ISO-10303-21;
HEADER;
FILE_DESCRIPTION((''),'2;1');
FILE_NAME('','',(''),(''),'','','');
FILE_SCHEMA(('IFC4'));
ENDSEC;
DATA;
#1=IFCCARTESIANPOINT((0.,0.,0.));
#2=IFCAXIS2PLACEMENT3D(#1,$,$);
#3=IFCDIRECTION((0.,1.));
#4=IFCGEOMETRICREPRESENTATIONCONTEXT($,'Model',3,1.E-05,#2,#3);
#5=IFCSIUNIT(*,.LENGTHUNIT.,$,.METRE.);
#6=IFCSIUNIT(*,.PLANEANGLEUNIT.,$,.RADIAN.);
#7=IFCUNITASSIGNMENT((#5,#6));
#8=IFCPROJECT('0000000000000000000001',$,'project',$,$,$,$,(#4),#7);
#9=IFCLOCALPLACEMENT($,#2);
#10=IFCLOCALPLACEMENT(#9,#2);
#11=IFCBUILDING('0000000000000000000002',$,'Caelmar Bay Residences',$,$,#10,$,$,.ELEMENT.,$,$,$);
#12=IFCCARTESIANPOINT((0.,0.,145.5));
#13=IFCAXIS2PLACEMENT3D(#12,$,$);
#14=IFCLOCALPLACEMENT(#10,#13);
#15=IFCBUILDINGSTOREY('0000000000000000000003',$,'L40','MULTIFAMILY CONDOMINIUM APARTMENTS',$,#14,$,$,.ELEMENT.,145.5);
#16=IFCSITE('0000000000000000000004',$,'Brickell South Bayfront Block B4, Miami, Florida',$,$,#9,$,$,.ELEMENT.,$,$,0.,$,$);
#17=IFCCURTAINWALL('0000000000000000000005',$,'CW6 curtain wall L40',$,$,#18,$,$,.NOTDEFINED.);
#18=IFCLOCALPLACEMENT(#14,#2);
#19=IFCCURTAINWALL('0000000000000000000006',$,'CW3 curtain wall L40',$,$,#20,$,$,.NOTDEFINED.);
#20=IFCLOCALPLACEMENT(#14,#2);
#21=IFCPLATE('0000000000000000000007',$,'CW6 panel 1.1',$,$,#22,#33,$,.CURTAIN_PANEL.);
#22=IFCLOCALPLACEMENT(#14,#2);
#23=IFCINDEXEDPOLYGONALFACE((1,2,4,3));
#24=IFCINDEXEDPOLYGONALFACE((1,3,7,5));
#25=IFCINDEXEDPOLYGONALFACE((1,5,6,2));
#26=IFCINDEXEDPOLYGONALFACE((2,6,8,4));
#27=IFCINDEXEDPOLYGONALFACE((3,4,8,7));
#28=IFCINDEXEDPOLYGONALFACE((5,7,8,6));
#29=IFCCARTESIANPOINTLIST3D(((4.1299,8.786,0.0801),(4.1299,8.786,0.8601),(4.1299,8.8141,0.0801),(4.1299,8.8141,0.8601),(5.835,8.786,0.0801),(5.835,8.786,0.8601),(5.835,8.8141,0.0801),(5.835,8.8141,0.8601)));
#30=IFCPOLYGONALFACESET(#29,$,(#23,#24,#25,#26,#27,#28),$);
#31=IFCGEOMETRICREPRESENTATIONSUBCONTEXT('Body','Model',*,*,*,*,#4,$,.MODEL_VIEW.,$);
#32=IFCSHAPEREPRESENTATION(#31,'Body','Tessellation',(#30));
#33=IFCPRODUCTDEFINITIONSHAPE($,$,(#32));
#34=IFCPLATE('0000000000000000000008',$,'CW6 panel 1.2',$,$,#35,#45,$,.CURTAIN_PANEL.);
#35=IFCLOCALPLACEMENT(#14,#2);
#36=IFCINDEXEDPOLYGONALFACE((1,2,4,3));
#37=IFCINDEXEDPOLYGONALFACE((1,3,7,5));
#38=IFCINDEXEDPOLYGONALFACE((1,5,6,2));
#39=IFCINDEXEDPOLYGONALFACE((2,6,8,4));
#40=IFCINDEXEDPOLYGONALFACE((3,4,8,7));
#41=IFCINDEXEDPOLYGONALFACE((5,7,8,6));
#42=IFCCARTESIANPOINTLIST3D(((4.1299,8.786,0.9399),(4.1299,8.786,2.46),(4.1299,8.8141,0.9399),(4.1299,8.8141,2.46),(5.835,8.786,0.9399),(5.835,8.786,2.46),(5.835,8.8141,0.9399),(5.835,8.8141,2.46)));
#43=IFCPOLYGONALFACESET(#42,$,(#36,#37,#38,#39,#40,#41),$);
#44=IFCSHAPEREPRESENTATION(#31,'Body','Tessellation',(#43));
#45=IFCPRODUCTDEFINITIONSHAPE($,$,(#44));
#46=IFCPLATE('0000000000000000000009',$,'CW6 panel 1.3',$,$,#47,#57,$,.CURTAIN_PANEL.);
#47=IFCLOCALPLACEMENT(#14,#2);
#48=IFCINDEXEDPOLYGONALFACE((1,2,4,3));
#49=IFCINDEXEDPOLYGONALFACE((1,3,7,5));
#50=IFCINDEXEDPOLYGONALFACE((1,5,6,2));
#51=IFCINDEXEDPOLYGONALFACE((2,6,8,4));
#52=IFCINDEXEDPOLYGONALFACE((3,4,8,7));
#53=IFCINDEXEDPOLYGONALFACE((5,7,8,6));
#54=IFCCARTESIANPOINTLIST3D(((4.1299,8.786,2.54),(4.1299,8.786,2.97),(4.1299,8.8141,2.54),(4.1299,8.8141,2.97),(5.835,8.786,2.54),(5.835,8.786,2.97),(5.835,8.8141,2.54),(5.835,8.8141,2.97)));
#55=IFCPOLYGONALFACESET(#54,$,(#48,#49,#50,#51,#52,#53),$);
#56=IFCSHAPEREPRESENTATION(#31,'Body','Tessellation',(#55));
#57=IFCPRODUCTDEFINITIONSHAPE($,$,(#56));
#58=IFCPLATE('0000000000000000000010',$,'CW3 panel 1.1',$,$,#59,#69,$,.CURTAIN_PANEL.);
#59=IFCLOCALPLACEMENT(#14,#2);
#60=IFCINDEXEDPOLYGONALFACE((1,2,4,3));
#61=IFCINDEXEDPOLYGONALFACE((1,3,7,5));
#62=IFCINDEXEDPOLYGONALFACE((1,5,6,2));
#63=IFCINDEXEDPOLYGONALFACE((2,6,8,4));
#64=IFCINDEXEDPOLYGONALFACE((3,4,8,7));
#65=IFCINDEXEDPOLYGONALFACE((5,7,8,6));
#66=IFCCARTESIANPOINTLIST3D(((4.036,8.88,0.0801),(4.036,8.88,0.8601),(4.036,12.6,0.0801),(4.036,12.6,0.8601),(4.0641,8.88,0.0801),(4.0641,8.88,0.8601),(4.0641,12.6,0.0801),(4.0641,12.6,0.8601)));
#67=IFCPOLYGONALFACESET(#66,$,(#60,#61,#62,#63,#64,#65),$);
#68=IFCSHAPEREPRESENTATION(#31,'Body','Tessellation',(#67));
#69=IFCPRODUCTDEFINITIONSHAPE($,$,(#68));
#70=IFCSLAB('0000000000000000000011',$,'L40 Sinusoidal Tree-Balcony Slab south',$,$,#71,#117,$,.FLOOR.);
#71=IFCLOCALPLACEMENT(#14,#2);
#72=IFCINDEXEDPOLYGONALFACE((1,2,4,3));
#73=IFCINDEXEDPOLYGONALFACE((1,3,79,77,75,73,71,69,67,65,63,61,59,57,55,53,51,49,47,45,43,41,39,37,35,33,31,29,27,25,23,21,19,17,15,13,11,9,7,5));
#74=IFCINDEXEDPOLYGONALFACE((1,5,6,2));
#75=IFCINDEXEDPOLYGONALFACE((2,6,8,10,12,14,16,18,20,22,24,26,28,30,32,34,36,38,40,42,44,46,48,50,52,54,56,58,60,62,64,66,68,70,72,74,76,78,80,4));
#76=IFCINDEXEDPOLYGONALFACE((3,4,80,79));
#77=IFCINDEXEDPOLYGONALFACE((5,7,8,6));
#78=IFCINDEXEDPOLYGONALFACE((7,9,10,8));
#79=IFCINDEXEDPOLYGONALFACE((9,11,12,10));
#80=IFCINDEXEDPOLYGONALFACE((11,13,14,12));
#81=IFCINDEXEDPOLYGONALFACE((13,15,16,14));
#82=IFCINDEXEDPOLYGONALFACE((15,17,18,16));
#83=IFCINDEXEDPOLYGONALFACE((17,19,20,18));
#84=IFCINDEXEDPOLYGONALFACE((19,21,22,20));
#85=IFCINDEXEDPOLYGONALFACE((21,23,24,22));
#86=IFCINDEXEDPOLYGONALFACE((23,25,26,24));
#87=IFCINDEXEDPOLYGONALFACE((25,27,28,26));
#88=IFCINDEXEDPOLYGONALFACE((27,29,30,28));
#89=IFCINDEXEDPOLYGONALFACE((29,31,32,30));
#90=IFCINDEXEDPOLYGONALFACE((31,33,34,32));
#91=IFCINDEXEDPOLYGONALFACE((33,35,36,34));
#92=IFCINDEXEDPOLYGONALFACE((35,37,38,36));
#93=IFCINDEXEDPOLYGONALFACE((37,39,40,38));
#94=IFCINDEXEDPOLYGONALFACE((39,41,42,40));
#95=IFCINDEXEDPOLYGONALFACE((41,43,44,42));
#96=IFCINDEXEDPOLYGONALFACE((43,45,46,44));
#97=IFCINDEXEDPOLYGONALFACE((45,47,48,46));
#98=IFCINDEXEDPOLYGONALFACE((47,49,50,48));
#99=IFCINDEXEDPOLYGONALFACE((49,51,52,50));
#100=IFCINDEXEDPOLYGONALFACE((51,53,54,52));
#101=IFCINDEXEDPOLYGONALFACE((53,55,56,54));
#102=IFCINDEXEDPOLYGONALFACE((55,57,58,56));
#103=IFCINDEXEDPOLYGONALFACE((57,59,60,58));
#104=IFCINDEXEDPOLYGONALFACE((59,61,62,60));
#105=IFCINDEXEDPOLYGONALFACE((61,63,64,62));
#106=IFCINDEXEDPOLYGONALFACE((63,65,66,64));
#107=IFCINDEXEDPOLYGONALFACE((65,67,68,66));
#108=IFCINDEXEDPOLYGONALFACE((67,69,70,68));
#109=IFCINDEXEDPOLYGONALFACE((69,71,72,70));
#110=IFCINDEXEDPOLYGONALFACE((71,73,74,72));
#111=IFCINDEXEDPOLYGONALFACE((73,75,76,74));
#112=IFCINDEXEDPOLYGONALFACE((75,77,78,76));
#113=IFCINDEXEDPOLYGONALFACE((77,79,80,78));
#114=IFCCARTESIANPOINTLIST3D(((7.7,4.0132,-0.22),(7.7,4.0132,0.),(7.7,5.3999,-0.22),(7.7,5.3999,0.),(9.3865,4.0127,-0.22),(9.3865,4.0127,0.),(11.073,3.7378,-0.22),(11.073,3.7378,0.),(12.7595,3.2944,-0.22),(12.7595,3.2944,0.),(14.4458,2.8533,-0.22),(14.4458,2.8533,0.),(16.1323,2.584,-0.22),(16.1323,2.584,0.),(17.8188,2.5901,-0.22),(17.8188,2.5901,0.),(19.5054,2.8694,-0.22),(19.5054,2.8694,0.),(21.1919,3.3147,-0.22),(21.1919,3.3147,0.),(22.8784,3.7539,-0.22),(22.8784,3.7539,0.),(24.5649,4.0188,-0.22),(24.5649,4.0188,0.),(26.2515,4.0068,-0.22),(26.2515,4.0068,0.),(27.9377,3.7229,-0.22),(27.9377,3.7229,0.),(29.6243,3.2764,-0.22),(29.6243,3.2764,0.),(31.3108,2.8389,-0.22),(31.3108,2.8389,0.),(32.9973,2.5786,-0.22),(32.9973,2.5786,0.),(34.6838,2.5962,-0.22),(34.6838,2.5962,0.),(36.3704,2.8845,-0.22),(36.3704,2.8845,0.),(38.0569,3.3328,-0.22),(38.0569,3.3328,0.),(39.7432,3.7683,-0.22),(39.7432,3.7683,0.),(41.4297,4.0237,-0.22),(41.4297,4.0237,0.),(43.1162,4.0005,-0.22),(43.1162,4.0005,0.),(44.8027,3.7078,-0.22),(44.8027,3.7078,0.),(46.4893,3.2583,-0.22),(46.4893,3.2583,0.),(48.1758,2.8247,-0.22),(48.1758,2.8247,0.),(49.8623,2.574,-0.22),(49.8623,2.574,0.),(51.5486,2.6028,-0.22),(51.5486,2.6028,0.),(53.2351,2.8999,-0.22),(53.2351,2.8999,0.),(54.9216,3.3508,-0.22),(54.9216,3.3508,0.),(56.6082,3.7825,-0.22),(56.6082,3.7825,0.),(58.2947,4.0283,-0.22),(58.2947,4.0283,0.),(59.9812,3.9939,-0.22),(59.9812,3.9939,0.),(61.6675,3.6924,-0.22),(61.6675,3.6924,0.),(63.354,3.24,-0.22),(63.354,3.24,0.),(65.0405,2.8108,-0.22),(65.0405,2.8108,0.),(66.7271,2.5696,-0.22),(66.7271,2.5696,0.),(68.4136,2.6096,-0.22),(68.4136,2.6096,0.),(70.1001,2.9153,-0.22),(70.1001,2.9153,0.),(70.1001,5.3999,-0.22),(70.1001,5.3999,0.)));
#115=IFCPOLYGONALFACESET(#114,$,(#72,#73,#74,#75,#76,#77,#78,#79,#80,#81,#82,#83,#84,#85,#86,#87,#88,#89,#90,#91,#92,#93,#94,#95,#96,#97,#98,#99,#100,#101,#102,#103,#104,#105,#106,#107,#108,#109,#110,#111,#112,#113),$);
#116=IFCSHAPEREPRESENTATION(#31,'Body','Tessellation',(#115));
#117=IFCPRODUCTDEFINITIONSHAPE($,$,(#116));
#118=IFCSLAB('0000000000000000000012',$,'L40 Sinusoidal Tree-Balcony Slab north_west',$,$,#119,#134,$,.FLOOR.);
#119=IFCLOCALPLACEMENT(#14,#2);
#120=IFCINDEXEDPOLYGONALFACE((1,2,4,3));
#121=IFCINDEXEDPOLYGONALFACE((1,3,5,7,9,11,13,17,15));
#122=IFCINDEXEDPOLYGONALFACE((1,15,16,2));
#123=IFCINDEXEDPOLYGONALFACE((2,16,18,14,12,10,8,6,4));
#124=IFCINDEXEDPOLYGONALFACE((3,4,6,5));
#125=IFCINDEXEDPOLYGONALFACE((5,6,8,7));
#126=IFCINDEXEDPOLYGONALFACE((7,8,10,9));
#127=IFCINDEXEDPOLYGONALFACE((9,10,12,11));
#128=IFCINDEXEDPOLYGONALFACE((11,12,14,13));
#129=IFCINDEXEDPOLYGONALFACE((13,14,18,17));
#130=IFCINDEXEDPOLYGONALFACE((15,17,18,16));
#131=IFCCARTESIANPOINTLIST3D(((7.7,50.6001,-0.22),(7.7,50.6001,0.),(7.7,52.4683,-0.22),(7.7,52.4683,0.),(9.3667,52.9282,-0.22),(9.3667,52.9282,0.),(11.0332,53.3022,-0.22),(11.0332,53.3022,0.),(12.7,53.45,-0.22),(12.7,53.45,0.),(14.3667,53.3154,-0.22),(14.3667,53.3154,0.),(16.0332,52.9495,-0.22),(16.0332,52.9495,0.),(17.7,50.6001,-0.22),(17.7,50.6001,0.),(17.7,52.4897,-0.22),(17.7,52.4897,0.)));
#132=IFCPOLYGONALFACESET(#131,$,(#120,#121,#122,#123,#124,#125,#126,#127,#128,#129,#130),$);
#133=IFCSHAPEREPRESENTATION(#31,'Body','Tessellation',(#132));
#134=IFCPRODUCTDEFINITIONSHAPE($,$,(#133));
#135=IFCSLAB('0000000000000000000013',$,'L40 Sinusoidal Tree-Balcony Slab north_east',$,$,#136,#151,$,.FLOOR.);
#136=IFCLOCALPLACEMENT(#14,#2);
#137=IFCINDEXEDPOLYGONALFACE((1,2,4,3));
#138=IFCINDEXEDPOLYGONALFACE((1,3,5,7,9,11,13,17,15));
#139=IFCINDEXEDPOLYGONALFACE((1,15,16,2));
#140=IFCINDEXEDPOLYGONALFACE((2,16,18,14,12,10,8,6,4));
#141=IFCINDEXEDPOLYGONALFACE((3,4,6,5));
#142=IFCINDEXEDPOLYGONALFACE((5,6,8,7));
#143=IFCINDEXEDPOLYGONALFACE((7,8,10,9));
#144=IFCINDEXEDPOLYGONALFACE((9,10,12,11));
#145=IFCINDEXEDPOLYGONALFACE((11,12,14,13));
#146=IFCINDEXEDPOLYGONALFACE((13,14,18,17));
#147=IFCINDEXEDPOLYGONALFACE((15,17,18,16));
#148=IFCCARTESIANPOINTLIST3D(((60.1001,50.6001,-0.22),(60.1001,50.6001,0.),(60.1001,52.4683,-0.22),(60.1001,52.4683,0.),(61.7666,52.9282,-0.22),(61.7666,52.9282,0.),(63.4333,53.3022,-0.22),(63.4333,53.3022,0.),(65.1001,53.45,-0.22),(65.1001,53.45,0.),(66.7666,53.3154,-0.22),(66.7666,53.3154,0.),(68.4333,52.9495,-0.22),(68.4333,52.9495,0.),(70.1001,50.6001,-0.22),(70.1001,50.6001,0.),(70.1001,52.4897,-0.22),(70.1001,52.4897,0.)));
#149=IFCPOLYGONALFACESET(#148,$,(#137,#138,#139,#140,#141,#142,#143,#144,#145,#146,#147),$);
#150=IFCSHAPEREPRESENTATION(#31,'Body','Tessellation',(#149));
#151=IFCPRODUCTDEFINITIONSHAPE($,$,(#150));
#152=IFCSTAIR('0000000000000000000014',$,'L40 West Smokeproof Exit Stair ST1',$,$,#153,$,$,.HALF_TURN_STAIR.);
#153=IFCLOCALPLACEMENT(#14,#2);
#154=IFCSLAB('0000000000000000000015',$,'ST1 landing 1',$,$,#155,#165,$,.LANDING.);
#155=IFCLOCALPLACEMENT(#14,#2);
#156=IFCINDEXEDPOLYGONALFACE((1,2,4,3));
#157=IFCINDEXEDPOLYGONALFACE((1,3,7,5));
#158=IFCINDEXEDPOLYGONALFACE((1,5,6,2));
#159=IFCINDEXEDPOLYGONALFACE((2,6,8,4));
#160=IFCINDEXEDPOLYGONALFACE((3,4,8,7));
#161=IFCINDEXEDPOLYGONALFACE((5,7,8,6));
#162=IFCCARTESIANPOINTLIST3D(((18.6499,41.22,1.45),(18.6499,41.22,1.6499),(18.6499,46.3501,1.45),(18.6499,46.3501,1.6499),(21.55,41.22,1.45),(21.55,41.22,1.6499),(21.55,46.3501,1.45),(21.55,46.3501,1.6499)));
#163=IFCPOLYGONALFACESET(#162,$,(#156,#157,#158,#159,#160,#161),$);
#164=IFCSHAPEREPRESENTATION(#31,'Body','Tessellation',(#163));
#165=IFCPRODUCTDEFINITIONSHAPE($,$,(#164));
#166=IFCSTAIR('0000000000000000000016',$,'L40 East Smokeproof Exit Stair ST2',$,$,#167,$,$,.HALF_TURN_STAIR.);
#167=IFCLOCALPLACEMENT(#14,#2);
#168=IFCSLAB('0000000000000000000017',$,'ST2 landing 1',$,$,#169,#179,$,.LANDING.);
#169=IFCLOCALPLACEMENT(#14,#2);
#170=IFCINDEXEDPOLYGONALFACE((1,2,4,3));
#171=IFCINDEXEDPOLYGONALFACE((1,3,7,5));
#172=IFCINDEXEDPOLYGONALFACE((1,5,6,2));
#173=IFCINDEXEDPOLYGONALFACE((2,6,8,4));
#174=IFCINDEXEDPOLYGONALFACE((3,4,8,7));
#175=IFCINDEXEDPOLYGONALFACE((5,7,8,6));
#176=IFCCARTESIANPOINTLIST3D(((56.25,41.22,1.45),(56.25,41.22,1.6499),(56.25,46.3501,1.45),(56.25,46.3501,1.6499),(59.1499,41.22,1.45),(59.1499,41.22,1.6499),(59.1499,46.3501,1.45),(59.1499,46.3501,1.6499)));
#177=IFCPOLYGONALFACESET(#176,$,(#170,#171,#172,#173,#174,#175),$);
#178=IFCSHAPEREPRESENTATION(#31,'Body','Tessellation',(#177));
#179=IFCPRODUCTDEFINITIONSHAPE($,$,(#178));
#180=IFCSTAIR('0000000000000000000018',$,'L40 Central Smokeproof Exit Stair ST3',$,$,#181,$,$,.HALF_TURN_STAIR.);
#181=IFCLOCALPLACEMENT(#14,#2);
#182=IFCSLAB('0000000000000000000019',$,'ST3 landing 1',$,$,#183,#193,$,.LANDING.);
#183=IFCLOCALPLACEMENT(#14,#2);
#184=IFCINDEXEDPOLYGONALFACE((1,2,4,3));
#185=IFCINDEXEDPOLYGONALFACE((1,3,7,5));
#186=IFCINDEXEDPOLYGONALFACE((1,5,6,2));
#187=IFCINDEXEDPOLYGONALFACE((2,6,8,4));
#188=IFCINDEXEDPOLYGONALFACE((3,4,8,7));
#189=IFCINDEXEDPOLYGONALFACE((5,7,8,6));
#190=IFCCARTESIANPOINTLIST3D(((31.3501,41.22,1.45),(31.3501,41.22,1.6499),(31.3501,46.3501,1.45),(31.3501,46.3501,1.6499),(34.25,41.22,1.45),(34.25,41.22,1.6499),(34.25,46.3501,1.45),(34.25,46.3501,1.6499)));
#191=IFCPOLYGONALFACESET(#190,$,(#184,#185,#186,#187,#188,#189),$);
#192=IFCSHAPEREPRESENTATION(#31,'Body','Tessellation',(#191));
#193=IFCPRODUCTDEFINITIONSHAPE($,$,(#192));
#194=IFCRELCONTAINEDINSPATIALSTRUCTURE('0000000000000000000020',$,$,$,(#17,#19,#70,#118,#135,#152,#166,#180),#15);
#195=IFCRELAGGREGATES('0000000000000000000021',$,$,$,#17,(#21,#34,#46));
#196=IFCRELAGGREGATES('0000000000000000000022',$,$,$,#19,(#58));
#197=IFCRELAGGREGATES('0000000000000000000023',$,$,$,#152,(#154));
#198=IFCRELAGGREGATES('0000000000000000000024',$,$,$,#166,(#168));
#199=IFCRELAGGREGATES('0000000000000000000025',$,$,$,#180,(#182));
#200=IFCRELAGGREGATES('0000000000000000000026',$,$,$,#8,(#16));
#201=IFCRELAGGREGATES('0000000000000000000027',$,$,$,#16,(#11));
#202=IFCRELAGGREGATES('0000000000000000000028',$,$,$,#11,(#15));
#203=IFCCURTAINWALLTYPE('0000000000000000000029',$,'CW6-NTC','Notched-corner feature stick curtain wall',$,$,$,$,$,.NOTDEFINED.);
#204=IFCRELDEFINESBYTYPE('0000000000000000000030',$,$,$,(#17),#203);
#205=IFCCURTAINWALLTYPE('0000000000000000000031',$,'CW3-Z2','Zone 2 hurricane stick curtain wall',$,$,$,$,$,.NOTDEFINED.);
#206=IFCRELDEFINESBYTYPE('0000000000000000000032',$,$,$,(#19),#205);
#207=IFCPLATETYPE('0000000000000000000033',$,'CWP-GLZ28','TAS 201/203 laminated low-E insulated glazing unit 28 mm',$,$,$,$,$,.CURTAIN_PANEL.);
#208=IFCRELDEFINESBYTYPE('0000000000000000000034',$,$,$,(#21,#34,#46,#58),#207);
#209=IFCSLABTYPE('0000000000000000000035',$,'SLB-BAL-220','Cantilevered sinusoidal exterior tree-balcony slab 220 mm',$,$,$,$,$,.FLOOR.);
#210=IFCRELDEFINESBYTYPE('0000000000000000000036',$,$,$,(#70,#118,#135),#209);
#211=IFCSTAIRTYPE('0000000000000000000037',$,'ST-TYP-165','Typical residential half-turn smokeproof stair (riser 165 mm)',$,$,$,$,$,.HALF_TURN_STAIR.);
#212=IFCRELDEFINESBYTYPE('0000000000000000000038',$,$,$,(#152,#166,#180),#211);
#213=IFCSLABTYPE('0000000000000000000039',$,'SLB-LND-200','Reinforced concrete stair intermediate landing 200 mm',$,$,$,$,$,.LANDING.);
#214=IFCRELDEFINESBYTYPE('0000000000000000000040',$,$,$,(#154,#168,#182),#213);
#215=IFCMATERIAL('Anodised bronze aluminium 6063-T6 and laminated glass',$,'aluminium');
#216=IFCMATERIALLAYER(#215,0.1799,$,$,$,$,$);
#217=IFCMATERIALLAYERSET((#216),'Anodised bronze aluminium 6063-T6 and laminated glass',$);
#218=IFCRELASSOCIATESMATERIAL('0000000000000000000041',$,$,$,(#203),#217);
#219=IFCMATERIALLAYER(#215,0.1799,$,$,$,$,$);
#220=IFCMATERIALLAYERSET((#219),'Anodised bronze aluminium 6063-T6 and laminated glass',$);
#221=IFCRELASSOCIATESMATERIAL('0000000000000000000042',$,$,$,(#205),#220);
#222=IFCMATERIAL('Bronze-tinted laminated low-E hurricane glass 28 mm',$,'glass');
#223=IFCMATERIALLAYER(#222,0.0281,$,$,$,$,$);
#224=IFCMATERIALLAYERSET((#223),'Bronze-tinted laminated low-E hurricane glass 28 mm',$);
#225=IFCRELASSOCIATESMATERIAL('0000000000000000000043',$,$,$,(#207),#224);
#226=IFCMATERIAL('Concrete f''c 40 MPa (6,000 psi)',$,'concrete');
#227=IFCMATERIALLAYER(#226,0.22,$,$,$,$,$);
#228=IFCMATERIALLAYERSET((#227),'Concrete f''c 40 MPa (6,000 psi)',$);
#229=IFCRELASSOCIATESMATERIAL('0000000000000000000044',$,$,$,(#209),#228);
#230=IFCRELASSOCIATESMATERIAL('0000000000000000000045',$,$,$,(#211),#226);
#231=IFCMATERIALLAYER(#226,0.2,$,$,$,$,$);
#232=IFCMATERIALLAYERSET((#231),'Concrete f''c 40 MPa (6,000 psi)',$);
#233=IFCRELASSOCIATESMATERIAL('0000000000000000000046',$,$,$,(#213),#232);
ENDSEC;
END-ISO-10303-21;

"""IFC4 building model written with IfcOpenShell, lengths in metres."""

from ifc_helpers import new_model, si_unit, direction, frame, origin, origin_2d, place, context, subcontext, project, spatial, polyline, rectangle, outline, extrude, material, layer, layer_set, type_object, element, aggregate, save


model = new_model("IFC4")

# Units and contexts
model_context = context("Model", 3, precision=1e-05, world=origin(), true_north=direction((0.0, 1.0)))
body_context = subcontext(model_context, "Body", "Model", "MODEL_VIEW")
ifc_project = project(units=[si_unit("LENGTHUNIT", "METRE"), si_unit("PLANEANGLEUNIT", "RADIAN")], contexts=[model_context])

# Site, building, storey
site_placement = place(None, origin())
site = spatial("IfcSite", under=ifc_project, at=site_placement, Name="Brickell South Bayfront Block B4, Miami, Florida", CompositionType="ELEMENT", RefElevation=0.0)
building_placement = place(site_placement, origin())
building = spatial("IfcBuilding", under=site, at=building_placement, Name="Caelmar Bay Residences", CompositionType="ELEMENT")
storey_placement = place(building_placement, frame((0.0, 0.0, 145.5)))
storey = spatial("IfcBuildingStorey", under=building, at=storey_placement, Name="L40", Description="MULTIFAMILY CONDOMINIUM APARTMENTS", CompositionType="ELEMENT", Elevation=145.5)

# Curtain wall
ifc_material_1 = material(Name="Anodised bronze aluminium 6063-T6 and laminated glass", Category="aluminium")
ifc_layer_1 = layer(ifc_material_1, 0.1799)
ifc_layer_set_1 = layer_set([ifc_layer_1], Name="Anodised bronze aluminium 6063-T6 and laminated glass")
curtain_wall_type_1 = type_object("IfcCurtainWallType", Name="CW6-NTC", Description="Notched-corner feature stick curtain wall", PredefinedType="NOTDEFINED", material=ifc_layer_set_1)
curtain_wall_1_placement = place(storey_placement, origin())
curtain_wall_1 = element("IfcCurtainWall", 1, at=curtain_wall_1_placement, inside=storey, type_object=curtain_wall_type_1, Name="CW6 curtain wall L40", PredefinedType="NOTDEFINED")

# Curtain wall
ifc_layer_2 = layer(ifc_material_1, 0.1799)
ifc_layer_set_2 = layer_set([ifc_layer_2], Name="Anodised bronze aluminium 6063-T6 and laminated glass")
curtain_wall_type_2 = type_object("IfcCurtainWallType", Name="CW3-Z2", Description="Zone 2 hurricane stick curtain wall", PredefinedType="NOTDEFINED", material=ifc_layer_set_2)
curtain_wall_2_placement = place(storey_placement, origin())
curtain_wall_2 = element("IfcCurtainWall", 2, at=curtain_wall_2_placement, inside=storey, type_object=curtain_wall_type_2, Name="CW3 curtain wall L40", PredefinedType="NOTDEFINED")

# Plates
ifc_material_2 = material(Name="Bronze-tinted laminated low-E hurricane glass 28 mm", Category="glass")
ifc_layer_3 = layer(ifc_material_2, 0.0281)
ifc_layer_set_3 = layer_set([ifc_layer_3], Name="Bronze-tinted laminated low-E hurricane glass 28 mm")
plate_type = type_object("IfcPlateType", Name="CWP-GLZ28", Description="TAS 201/203 laminated low-E insulated glazing unit 28 mm", PredefinedType="CURTAIN_PANEL", material=ifc_layer_set_3)
plate_1_placement = place(storey_placement, frame((4.9824, 8.8, 0.0801), z_axis=(0.0, 0.0, 1.0), x_axis=(1.0, 0.0, 0.0)))
plate_1 = element("IfcPlate", 3, at=plate_1_placement, type_object=plate_type, Name="CW6 panel 1.1", PredefinedType="CURTAIN_PANEL", context=body_context, shape_type="SweptSolid", body=[
    extrude(rectangle(XDim=1.7051, YDim=0.0281, at=origin_2d()), origin(), (0.0, 0.0, 1.0), 0.78),
])
plate_2_placement = place(storey_placement, frame((4.9824, 8.8, 0.9399), z_axis=(0.0, 0.0, 1.0), x_axis=(1.0, 0.0, 0.0)))
plate_2 = element("IfcPlate", 4, at=plate_2_placement, type_object=plate_type, Name="CW6 panel 1.2", PredefinedType="CURTAIN_PANEL", context=body_context, shape_type="SweptSolid", body=[
    extrude(rectangle(XDim=1.7051, YDim=0.0281, at=origin_2d()), origin(), (0.0, 0.0, 1.0), 1.52),
])
plate_3_placement = place(storey_placement, frame((4.9824, 8.8, 2.54), z_axis=(0.0, 0.0, 1.0), x_axis=(1.0, 0.0, 0.0)))
plate_3 = element("IfcPlate", 5, at=plate_3_placement, type_object=plate_type, Name="CW6 panel 1.3", PredefinedType="CURTAIN_PANEL", context=body_context, shape_type="SweptSolid", body=[
    extrude(rectangle(XDim=1.7051, YDim=0.0281, at=origin_2d()), origin(), (0.0, 0.0, 1.0), 0.4299),
])
aggregate(curtain_wall_1, [plate_1, plate_2, plate_3])
plate_4_placement = place(storey_placement, frame((4.05, 10.74, 0.0801), z_axis=(0.0, 0.0, 1.0), x_axis=(0.0, 1.0, 0.0)))
plate_4 = element("IfcPlate", 6, at=plate_4_placement, type_object=plate_type, Name="CW3 panel 1.1", PredefinedType="CURTAIN_PANEL", context=body_context, shape_type="SweptSolid", body=[
    extrude(rectangle(XDim=3.72, YDim=0.0281, at=origin_2d()), origin(), (0.0, 0.0, 1.0), 0.78),
])
aggregate(curtain_wall_2, [plate_4])

# Slabs
ifc_material_3 = material(Name="Concrete f'c 40 MPa (6,000 psi)", Category="concrete")
ifc_layer_4 = layer(ifc_material_3, 0.22)
ifc_layer_set_4 = layer_set([ifc_layer_4], Name="Concrete f'c 40 MPa (6,000 psi)")
slab_type_1 = type_object("IfcSlabType", Name="SLB-BAL-220", Description="Cantilevered sinusoidal exterior tree-balcony slab 220 mm", PredefinedType="FLOOR", material=ifc_layer_set_4)
slab_1_placement = place(storey_placement, frame((0.0, 0.0, -0.22)))
element("IfcSlab", 7, at=slab_1_placement, inside=storey, type_object=slab_type_1, Name="L40 Sinusoidal Tree-Balcony Slab south", PredefinedType="FLOOR", context=body_context, shape_type="SweptSolid", body=[
    extrude(outline(polyline([(7.7, 4.0132), (9.3865, 4.0127), (11.073, 3.7378), (12.7595, 3.2944), (14.4458, 2.8533), (16.1323, 2.584), (17.8188, 2.5901), (19.5054, 2.8694), (21.1919, 3.3147), (22.8784, 3.7539), (24.5649, 4.0188), (26.2515, 4.0068), (27.9377, 3.7229), (29.6243, 3.2764), (31.3108, 2.8389), (32.9973, 2.5786), (34.6838, 2.5962), (36.3704, 2.8845), (38.0569, 3.3328), (39.7432, 3.7683), (41.4297, 4.0237), (43.1162, 4.0005), (44.8027, 3.7078), (46.4893, 3.2583), (48.1758, 2.8247), (49.8623, 2.574), (51.5486, 2.6028), (53.2351, 2.8999), (54.9216, 3.3508), (56.6082, 3.7825), (58.2947, 4.0283), (59.9812, 3.9939), (61.6675, 3.6924), (63.354, 3.24), (65.0405, 2.8108), (66.7271, 2.5696), (68.4136, 2.6096), (70.1001, 2.9153), (70.1001, 5.3999), (7.7, 5.3999), (7.7, 4.0132)])), origin(), (0.0, 0.0, 1.0), 0.22),
])
slab_2_placement = place(storey_placement, frame((0.0, 0.0, -0.22)))
element("IfcSlab", 8, at=slab_2_placement, inside=storey, type_object=slab_type_1, Name="L40 Sinusoidal Tree-Balcony Slab north_west", PredefinedType="FLOOR", context=body_context, shape_type="SweptSolid", body=[
    extrude(outline(polyline([(7.7, 50.6001), (17.7, 50.6001), (17.7, 52.4897), (16.0332, 52.9495), (14.3667, 53.3154), (12.7, 53.45), (11.0332, 53.3022), (9.3667, 52.9282), (7.7, 52.4683), (7.7, 50.6001)])), origin(), (0.0, 0.0, 1.0), 0.22),
])
slab_3_placement = place(storey_placement, frame((0.0, 0.0, -0.22)))
element("IfcSlab", 9, at=slab_3_placement, inside=storey, type_object=slab_type_1, Name="L40 Sinusoidal Tree-Balcony Slab north_east", PredefinedType="FLOOR", context=body_context, shape_type="SweptSolid", body=[
    extrude(outline(polyline([(60.1001, 50.6001), (70.1001, 50.6001), (70.1001, 52.4897), (68.4333, 52.9495), (66.7666, 53.3154), (65.1001, 53.45), (63.4333, 53.3022), (61.7666, 52.9282), (60.1001, 52.4683), (60.1001, 50.6001)])), origin(), (0.0, 0.0, 1.0), 0.22),
])

# Stairs, slabs
stair_type = type_object("IfcStairType", Name="ST-TYP-165", Description="Typical residential half-turn smokeproof stair (riser 165 mm)", PredefinedType="HALF_TURN_STAIR", material=ifc_material_3)
stair_1_placement = place(storey_placement, origin())
stair_1 = element("IfcStair", 10, at=stair_1_placement, inside=storey, type_object=stair_type, Name="L40 West Smokeproof Exit Stair ST1", PredefinedType="HALF_TURN_STAIR")
ifc_layer_5 = layer(ifc_material_3, 0.2)
ifc_layer_set_5 = layer_set([ifc_layer_5], Name="Concrete f'c 40 MPa (6,000 psi)")
slab_type_2 = type_object("IfcSlabType", Name="SLB-LND-200", Description="Reinforced concrete stair intermediate landing 200 mm", PredefinedType="LANDING", material=ifc_layer_set_5)
slab_4_placement = place(storey_placement, frame((0.0, 0.0, 1.45)))
slab_4 = element("IfcSlab", 11, at=slab_4_placement, type_object=slab_type_2, Name="ST1 landing 1", PredefinedType="LANDING", context=body_context, shape_type="SweptSolid", body=[
    extrude(outline(polyline([(21.55, 41.22), (21.55, 46.3501), (18.6499, 46.3501), (18.6499, 41.22), (21.55, 41.22)])), origin(), (0.0, 0.0, 1.0), 0.2),
])
aggregate(stair_1, [slab_4])
stair_2_placement = place(storey_placement, origin())
stair_2 = element("IfcStair", 12, at=stair_2_placement, inside=storey, type_object=stair_type, Name="L40 East Smokeproof Exit Stair ST2", PredefinedType="HALF_TURN_STAIR")
slab_5_placement = place(storey_placement, frame((0.0, 0.0, 1.45)))
slab_5 = element("IfcSlab", 13, at=slab_5_placement, type_object=slab_type_2, Name="ST2 landing 1", PredefinedType="LANDING", context=body_context, shape_type="SweptSolid", body=[
    extrude(outline(polyline([(59.1499, 41.22), (59.1499, 46.3501), (56.25, 46.3501), (56.25, 41.22), (59.1499, 41.22)])), origin(), (0.0, 0.0, 1.0), 0.2),
])
aggregate(stair_2, [slab_5])
stair_3_placement = place(storey_placement, origin())
stair_3 = element("IfcStair", 14, at=stair_3_placement, inside=storey, type_object=stair_type, Name="L40 Central Smokeproof Exit Stair ST3", PredefinedType="HALF_TURN_STAIR")
slab_6_placement = place(storey_placement, frame((0.0, 0.0, 1.45)))
slab_6 = element("IfcSlab", 15, at=slab_6_placement, type_object=slab_type_2, Name="ST3 landing 1", PredefinedType="LANDING", context=body_context, shape_type="SweptSolid", body=[
    extrude(outline(polyline([(34.25, 41.22), (34.25, 46.3501), (31.3501, 46.3501), (31.3501, 41.22), (34.25, 41.22)])), origin(), (0.0, 0.0, 1.0), 0.2),
])
aggregate(stair_3, [slab_6])

save(model, "model.ifc")
